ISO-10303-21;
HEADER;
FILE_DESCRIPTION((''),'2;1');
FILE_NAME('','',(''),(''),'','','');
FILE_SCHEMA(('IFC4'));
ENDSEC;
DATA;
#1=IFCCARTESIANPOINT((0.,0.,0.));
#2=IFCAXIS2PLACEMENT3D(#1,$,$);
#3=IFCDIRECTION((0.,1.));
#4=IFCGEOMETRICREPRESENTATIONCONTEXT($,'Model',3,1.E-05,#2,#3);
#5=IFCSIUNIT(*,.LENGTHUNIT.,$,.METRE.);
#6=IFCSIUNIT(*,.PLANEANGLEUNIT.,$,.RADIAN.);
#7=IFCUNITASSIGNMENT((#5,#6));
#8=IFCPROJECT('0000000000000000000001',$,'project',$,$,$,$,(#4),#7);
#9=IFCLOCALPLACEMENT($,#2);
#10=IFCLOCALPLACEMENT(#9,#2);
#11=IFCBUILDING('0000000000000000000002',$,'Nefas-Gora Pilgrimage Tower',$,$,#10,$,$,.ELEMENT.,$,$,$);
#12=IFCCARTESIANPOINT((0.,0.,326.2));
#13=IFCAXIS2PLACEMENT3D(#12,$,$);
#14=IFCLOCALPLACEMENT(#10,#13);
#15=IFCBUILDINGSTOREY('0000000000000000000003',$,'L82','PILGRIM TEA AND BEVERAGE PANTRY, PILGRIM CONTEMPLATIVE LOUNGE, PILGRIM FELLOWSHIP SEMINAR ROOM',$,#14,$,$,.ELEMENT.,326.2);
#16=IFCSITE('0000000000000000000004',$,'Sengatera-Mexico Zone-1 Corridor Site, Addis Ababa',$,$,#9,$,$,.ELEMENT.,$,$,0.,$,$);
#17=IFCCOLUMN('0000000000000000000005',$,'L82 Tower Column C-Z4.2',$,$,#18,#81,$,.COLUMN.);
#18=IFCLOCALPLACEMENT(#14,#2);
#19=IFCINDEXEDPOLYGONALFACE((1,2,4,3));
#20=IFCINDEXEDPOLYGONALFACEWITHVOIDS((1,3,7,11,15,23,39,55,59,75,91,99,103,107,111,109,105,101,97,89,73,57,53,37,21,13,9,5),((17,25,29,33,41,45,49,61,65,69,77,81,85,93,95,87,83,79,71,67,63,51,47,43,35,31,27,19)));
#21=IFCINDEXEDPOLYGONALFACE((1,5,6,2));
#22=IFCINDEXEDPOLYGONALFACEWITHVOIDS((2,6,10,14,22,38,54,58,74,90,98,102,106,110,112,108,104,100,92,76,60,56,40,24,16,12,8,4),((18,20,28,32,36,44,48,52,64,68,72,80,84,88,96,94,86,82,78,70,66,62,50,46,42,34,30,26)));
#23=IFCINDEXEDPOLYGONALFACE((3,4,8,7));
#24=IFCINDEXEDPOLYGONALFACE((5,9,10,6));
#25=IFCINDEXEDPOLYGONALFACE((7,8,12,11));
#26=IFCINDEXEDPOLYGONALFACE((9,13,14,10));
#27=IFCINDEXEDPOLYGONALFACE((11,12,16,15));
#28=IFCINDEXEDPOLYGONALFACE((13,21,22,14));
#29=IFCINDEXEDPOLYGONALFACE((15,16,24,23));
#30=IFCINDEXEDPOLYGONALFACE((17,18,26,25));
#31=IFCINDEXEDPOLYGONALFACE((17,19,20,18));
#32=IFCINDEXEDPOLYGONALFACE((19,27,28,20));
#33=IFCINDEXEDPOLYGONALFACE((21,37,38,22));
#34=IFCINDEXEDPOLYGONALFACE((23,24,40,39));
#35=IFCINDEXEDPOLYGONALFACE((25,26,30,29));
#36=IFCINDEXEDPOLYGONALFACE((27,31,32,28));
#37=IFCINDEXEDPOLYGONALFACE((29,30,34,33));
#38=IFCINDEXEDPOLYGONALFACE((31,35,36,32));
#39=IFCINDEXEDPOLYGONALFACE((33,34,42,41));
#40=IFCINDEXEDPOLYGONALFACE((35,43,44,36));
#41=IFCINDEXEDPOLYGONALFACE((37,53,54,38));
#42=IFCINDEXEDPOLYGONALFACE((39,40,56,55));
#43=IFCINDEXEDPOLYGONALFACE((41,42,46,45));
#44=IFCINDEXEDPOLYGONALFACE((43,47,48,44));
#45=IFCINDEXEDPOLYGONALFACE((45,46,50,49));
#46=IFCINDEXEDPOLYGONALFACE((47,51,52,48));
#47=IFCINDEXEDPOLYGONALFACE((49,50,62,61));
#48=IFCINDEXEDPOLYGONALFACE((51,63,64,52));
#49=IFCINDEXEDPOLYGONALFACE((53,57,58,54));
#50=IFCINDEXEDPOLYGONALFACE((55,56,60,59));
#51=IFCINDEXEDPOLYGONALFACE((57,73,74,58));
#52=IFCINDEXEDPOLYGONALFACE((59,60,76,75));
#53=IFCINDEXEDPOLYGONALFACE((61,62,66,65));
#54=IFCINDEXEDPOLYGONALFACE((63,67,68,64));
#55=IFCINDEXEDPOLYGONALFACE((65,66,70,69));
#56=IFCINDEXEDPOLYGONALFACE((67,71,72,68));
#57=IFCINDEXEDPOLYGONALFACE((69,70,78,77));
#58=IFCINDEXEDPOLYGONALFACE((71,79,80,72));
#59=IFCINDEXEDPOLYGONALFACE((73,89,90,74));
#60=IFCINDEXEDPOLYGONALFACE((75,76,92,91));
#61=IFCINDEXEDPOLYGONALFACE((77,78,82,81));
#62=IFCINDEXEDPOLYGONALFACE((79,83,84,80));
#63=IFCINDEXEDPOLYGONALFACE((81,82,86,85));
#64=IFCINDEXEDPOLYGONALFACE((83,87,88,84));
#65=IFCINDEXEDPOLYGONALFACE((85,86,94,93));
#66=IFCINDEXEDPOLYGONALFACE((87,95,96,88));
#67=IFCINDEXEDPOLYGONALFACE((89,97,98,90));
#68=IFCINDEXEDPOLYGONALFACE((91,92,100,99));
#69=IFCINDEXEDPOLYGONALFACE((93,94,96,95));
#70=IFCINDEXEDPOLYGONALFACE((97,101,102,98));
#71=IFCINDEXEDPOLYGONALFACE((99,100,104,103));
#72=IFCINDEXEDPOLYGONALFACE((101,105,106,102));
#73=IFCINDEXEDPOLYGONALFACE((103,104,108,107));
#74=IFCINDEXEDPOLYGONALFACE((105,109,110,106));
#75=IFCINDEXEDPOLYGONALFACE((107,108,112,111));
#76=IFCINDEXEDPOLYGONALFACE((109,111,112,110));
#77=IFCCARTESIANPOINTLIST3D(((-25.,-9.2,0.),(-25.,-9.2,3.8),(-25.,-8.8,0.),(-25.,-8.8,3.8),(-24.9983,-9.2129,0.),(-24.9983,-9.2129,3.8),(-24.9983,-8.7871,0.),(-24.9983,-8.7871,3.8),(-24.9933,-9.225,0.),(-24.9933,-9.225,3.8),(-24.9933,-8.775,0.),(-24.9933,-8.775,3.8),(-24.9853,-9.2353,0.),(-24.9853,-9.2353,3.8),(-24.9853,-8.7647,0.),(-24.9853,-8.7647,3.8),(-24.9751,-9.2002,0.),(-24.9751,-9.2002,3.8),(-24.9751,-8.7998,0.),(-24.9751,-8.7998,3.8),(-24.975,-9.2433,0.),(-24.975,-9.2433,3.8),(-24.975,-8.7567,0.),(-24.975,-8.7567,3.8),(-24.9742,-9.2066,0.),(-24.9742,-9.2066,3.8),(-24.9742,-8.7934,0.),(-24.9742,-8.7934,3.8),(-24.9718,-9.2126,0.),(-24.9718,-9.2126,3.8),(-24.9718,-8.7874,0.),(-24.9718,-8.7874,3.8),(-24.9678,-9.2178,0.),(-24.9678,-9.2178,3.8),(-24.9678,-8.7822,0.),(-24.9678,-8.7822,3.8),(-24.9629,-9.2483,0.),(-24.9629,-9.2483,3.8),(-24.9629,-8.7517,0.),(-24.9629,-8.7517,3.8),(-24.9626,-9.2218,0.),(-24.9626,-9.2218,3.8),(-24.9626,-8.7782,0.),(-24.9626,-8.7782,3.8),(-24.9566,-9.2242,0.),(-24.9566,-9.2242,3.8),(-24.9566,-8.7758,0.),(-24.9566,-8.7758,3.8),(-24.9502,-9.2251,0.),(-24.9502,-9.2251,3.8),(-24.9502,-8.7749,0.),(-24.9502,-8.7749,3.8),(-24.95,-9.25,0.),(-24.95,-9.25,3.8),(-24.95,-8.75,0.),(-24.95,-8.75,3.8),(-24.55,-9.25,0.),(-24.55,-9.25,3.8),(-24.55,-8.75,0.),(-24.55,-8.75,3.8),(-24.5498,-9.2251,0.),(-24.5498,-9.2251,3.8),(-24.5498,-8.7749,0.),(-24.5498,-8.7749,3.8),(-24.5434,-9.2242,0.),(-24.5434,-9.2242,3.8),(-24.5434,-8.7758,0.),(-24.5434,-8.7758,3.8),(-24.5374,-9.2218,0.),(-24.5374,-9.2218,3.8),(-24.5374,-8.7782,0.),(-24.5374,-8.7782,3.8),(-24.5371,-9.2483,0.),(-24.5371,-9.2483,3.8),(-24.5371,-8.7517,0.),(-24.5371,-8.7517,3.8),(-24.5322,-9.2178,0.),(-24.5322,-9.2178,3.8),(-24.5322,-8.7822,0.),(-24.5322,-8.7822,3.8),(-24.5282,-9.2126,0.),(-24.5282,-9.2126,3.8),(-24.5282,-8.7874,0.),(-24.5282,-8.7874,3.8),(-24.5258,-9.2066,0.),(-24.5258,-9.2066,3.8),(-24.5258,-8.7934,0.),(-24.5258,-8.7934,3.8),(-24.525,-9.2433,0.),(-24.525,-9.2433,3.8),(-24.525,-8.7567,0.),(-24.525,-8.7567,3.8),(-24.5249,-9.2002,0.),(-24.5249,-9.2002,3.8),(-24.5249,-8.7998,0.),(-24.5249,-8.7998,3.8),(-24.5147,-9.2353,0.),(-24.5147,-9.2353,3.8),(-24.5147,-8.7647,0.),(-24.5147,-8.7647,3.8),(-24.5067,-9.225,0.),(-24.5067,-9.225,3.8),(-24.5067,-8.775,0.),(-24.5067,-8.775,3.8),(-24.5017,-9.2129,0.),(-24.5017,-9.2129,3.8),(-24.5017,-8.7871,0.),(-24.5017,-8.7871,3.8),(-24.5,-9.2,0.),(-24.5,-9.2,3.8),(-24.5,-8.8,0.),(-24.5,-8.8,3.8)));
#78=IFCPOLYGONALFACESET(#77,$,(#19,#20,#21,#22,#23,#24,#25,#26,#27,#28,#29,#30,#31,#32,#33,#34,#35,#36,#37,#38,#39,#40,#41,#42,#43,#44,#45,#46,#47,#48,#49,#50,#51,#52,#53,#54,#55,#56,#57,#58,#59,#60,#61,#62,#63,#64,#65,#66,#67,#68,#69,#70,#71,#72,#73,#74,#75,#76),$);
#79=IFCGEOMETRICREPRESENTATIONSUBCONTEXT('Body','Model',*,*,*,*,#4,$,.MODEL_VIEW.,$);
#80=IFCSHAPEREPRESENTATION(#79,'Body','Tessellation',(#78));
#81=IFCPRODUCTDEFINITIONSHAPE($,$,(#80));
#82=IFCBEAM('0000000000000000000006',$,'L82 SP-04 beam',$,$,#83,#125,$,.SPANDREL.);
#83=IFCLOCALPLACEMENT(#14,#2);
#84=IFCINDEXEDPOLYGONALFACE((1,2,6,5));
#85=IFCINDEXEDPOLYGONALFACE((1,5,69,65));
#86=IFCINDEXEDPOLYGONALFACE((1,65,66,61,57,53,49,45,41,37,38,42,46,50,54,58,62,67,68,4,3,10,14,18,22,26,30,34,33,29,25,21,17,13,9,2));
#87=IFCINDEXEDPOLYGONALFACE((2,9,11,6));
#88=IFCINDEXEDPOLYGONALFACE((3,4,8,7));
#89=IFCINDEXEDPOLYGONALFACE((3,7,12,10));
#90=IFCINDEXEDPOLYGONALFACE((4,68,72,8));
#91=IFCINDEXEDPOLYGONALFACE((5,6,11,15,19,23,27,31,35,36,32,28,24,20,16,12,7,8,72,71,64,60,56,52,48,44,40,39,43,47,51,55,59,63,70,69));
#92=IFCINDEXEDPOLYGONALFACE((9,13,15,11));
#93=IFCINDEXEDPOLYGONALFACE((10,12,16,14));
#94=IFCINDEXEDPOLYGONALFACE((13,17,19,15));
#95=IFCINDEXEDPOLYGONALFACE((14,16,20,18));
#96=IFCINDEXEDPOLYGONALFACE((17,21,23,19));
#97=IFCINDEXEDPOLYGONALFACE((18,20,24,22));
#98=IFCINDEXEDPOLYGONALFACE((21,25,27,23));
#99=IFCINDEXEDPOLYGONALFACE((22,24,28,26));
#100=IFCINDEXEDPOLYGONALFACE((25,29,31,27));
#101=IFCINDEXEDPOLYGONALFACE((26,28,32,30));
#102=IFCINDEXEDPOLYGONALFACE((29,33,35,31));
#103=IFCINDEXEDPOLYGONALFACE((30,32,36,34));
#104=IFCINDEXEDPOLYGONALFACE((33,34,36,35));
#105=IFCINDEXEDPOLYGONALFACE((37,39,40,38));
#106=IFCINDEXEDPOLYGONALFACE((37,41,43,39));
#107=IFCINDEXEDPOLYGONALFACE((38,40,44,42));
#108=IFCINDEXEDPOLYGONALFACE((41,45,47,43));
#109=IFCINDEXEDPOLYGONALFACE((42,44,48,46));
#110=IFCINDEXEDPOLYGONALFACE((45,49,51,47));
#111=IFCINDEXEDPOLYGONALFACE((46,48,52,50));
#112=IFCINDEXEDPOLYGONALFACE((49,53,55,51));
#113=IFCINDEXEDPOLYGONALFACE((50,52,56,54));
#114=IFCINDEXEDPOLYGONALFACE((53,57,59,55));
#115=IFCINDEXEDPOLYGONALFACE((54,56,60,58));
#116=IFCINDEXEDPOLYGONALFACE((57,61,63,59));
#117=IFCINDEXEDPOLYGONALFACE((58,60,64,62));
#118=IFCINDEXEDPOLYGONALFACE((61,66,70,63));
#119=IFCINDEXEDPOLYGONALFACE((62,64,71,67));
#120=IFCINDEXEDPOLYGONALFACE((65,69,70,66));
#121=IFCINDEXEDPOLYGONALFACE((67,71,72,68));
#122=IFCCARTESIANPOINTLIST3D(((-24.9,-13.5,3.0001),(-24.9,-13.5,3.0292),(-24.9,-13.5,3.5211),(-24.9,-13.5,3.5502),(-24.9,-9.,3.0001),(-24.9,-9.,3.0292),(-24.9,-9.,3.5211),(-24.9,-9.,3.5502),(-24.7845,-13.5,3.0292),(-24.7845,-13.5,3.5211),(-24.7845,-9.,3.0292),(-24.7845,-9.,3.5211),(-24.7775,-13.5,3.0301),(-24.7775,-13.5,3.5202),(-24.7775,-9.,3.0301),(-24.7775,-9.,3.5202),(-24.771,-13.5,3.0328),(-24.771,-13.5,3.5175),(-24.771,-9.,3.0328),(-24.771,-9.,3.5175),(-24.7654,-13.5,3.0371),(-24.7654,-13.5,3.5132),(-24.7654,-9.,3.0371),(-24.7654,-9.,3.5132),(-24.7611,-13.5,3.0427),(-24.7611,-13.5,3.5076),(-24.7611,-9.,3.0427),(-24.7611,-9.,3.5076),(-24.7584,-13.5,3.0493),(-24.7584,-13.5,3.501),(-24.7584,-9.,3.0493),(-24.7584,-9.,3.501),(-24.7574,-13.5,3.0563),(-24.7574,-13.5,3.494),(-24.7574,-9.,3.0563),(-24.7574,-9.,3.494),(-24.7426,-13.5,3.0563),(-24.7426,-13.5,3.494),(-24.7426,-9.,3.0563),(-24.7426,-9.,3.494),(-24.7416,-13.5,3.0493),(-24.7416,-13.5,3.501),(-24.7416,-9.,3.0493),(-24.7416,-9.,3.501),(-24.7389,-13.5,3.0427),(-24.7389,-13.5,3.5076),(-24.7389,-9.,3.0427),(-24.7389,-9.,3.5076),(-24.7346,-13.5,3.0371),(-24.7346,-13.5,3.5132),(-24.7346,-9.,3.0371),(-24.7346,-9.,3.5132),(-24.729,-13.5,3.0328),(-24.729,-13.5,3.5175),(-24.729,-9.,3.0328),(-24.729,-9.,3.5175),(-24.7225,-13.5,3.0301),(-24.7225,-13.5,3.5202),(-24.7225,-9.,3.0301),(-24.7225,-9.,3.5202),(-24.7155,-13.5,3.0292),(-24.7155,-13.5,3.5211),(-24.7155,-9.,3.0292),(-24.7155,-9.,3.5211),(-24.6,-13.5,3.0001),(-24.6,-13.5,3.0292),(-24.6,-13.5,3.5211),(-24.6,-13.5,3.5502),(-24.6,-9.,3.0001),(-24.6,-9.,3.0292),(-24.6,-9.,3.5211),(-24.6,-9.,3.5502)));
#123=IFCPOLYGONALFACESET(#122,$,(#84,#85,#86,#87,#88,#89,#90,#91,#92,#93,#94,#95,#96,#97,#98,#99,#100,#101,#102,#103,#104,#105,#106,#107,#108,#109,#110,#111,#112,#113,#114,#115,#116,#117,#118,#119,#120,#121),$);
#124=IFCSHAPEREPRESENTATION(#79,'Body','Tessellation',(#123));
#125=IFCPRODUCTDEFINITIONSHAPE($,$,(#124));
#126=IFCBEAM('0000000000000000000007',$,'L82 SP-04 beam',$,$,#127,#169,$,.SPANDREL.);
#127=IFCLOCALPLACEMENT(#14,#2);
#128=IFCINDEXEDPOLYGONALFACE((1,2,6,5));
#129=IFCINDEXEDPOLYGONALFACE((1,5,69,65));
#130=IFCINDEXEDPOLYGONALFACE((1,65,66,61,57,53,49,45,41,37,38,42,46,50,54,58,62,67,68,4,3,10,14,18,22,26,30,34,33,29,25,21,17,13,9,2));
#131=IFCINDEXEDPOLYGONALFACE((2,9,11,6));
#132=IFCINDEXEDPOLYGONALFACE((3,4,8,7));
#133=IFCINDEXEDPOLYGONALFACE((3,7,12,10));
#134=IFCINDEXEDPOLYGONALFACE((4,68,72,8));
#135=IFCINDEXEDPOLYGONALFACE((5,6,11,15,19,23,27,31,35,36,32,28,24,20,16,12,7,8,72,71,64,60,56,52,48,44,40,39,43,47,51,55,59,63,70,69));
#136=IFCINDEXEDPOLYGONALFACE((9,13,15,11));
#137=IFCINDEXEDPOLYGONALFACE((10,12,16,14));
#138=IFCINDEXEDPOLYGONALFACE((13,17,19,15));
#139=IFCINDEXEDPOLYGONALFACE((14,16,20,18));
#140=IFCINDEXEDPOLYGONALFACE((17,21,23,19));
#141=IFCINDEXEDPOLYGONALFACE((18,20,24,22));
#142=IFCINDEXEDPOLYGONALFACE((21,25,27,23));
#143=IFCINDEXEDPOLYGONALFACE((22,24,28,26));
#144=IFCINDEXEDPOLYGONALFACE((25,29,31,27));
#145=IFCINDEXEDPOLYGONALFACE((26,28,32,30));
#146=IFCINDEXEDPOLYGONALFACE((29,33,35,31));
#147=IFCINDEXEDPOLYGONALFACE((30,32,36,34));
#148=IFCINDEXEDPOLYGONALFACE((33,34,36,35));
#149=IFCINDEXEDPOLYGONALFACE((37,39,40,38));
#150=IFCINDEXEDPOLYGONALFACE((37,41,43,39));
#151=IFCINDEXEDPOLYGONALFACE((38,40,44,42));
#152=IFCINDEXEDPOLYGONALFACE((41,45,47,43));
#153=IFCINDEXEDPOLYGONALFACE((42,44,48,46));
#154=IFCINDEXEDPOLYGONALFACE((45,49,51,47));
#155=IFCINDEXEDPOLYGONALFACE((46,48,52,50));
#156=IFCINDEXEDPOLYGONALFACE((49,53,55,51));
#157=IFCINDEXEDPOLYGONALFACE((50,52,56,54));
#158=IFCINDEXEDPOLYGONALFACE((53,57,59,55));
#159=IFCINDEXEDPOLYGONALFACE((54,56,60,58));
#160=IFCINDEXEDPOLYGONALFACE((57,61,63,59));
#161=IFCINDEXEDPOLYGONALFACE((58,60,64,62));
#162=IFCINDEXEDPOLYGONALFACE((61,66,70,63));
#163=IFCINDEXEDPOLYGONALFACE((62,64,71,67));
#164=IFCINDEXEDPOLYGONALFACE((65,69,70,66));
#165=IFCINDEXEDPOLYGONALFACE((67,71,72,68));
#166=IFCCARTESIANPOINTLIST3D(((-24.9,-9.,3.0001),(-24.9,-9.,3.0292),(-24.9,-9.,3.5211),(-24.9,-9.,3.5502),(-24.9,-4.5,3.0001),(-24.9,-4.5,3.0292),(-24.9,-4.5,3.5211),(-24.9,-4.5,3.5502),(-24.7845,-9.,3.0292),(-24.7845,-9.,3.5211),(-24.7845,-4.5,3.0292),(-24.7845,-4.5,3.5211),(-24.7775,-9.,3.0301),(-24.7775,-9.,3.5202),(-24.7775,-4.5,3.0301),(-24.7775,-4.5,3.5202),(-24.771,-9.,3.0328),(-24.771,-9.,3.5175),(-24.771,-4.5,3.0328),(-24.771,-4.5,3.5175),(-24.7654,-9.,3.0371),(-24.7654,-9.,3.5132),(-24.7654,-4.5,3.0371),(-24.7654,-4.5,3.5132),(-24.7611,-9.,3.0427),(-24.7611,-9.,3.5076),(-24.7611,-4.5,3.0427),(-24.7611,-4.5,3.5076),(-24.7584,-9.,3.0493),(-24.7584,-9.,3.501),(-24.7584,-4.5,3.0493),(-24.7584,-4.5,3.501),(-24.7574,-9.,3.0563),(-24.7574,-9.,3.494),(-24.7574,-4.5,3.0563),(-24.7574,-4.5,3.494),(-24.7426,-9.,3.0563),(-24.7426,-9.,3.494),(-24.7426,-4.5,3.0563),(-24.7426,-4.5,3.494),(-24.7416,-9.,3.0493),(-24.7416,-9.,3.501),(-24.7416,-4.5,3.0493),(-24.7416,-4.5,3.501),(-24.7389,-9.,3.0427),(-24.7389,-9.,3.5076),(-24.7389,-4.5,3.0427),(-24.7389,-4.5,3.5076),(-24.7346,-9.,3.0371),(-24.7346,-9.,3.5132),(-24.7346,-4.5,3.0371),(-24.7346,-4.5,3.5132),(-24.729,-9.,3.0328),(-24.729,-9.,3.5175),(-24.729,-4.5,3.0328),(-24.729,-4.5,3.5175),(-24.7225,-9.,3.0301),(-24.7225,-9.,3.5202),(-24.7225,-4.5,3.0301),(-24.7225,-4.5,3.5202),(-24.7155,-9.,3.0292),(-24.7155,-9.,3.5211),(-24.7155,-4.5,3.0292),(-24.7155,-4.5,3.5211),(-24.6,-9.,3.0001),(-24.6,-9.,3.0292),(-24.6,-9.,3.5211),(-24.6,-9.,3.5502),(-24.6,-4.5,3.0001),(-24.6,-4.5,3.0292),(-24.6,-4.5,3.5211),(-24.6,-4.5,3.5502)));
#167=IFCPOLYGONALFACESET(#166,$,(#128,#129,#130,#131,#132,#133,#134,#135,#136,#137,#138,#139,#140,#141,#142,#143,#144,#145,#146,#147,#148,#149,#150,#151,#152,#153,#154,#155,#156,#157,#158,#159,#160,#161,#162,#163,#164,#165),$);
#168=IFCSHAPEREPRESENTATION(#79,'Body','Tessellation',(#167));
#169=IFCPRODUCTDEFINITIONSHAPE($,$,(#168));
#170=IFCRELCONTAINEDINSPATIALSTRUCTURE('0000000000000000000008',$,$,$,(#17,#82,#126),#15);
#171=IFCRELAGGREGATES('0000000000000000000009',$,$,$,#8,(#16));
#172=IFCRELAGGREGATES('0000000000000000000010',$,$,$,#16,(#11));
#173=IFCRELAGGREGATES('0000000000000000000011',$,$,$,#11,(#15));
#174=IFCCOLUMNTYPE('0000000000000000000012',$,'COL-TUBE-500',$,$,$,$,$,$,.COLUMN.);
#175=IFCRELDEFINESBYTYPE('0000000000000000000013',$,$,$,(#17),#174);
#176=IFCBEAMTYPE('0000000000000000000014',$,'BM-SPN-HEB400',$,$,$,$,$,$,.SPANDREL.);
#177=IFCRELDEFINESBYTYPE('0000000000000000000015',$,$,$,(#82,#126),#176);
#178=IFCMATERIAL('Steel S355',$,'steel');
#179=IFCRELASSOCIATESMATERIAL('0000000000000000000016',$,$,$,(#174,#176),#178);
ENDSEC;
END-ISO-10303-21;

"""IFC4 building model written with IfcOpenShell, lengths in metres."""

from ifc_helpers import new_model, si_unit, direction, frame, origin, origin_2d, place, context, subcontext, project, spatial, hollow_rectangle, i_section, extrude, source, transform, mapped, material, material_profile, profile_set, type_object, element, save


model = new_model("IFC4")

# Units and contexts
model_context = context("Model", 3, precision=1e-05, world=origin(), true_north=direction((0.0, 1.0)))
body_context = subcontext(model_context, "Body", "Model", "MODEL_VIEW")
ifc_project = project(units=[si_unit("LENGTHUNIT", "METRE"), si_unit("PLANEANGLEUNIT", "RADIAN")], contexts=[model_context])

# Site, building, storey
site_placement = place(None, origin())
site = spatial("IfcSite", under=ifc_project, at=site_placement, Name="Sengatera-Mexico Zone-1 Corridor Site, Addis Ababa", CompositionType="ELEMENT", RefElevation=0.0)
building_placement = place(site_placement, origin())
building = spatial("IfcBuilding", under=site, at=building_placement, Name="Nefas-Gora Pilgrimage Tower", CompositionType="ELEMENT")
storey_placement = place(building_placement, frame((0.0, 0.0, 326.2)))
storey = spatial("IfcBuildingStorey", under=building, at=storey_placement, Name="L82", Description="PILGRIM TEA AND BEVERAGE PANTRY, PILGRIM CONTEMPLATIVE LOUNGE, PILGRIM FELLOWSHIP SEMINAR ROOM", CompositionType="ELEMENT", Elevation=326.2)

# Column
ifc_material_1 = material(Name="Steel S355", Category="steel")
ifc_material_profile_1 = material_profile(ifc_material_1, hollow_rectangle(XDim=0.5, YDim=0.5, WallThickness=0.0249, InnerFilletRadius=0.0249, OuterFilletRadius=0.05, at=origin_2d()), Name="SHS 500x500x25")
ifc_profile_set_1 = profile_set([ifc_material_profile_1], Name="Steel S355")
column_type_1 = type_object("IfcColumnType", Name="COL-TUBE-500", PredefinedType="COLUMN", material=ifc_profile_set_1)
shared_shape_1 = source(origin(), body_context, "Body", "SweptSolid", [
    extrude(hollow_rectangle(XDim=0.5, YDim=0.5, WallThickness=0.0249, InnerFilletRadius=0.0249, OuterFilletRadius=0.05, at=origin_2d()), origin(), (0.0, 0.0, 1.0), 3.8),
])
for number, where, z_axis, x_axis, name in (
    (1, (-24.75, -9.0, 0.0), (0.0, 0.0, 1.0), (1.0, 0.0, 0.0), "L82 Tower Column C-Z4.2"),
):
    element("IfcColumn", number, at=place(storey_placement, frame(where, z_axis=z_axis, x_axis=x_axis)), inside=storey, type_object=column_type_1, Name=name, PredefinedType="COLUMN", context=body_context, shape_type="MappedRepresentation", body=[
        mapped(shared_shape_1, transform((0.0, 0.0, 0.0), x_axis=(1.0, 0.0, 0.0), y_axis=(0.0, 1.0, 0.0), z_axis=(0.0, 0.0, 1.0), scale=1.0)),
    ])

# Beams
ifc_material_profile_2 = material_profile(ifc_material_1, i_section(OverallWidth=0.3, OverallDepth=0.55, WebThickness=0.0149, FlangeThickness=0.0291, FilletRadius=0.0271, at=origin_2d()), Name="HEB 550")
ifc_profile_set_2 = profile_set([ifc_material_profile_2], Name="Steel S355")
beam_type_1 = type_object("IfcBeamType", Name="BM-SPN-HEB400", PredefinedType="SPANDREL", material=ifc_profile_set_2)
shared_shape_2 = source(origin(), body_context, "Body", "SweptSolid", [
    extrude(i_section(OverallWidth=0.3, OverallDepth=0.55, WebThickness=0.0149, FlangeThickness=0.0291, FilletRadius=0.0271, at=origin_2d()), origin(), (0.0, 0.0, 1.0), 4.5),
])
for number, where, z_axis, x_axis, name in (
    (2, (-24.75, -13.5, 3.2751), (0.0, 1.0, 0.0), (-1.0, 0.0, 0.0), "L82 SP-04 beam"),
    (3, (-24.75, -9.0, 3.2751), (0.0, 1.0, 0.0), (-1.0, 0.0, 0.0), "L82 SP-04 beam"),
):
    element("IfcBeam", number, at=place(storey_placement, frame(where, z_axis=z_axis, x_axis=x_axis)), inside=storey, type_object=beam_type_1, Name=name, PredefinedType="SPANDREL", context=body_context, shape_type="MappedRepresentation", body=[
        mapped(shared_shape_2, transform((0.0, 0.0, 0.0), x_axis=(1.0, 0.0, 0.0), y_axis=(0.0, 1.0, 0.0), z_axis=(0.0, 0.0, 1.0), scale=1.0)),
    ])

save(model, "model.ifc")
